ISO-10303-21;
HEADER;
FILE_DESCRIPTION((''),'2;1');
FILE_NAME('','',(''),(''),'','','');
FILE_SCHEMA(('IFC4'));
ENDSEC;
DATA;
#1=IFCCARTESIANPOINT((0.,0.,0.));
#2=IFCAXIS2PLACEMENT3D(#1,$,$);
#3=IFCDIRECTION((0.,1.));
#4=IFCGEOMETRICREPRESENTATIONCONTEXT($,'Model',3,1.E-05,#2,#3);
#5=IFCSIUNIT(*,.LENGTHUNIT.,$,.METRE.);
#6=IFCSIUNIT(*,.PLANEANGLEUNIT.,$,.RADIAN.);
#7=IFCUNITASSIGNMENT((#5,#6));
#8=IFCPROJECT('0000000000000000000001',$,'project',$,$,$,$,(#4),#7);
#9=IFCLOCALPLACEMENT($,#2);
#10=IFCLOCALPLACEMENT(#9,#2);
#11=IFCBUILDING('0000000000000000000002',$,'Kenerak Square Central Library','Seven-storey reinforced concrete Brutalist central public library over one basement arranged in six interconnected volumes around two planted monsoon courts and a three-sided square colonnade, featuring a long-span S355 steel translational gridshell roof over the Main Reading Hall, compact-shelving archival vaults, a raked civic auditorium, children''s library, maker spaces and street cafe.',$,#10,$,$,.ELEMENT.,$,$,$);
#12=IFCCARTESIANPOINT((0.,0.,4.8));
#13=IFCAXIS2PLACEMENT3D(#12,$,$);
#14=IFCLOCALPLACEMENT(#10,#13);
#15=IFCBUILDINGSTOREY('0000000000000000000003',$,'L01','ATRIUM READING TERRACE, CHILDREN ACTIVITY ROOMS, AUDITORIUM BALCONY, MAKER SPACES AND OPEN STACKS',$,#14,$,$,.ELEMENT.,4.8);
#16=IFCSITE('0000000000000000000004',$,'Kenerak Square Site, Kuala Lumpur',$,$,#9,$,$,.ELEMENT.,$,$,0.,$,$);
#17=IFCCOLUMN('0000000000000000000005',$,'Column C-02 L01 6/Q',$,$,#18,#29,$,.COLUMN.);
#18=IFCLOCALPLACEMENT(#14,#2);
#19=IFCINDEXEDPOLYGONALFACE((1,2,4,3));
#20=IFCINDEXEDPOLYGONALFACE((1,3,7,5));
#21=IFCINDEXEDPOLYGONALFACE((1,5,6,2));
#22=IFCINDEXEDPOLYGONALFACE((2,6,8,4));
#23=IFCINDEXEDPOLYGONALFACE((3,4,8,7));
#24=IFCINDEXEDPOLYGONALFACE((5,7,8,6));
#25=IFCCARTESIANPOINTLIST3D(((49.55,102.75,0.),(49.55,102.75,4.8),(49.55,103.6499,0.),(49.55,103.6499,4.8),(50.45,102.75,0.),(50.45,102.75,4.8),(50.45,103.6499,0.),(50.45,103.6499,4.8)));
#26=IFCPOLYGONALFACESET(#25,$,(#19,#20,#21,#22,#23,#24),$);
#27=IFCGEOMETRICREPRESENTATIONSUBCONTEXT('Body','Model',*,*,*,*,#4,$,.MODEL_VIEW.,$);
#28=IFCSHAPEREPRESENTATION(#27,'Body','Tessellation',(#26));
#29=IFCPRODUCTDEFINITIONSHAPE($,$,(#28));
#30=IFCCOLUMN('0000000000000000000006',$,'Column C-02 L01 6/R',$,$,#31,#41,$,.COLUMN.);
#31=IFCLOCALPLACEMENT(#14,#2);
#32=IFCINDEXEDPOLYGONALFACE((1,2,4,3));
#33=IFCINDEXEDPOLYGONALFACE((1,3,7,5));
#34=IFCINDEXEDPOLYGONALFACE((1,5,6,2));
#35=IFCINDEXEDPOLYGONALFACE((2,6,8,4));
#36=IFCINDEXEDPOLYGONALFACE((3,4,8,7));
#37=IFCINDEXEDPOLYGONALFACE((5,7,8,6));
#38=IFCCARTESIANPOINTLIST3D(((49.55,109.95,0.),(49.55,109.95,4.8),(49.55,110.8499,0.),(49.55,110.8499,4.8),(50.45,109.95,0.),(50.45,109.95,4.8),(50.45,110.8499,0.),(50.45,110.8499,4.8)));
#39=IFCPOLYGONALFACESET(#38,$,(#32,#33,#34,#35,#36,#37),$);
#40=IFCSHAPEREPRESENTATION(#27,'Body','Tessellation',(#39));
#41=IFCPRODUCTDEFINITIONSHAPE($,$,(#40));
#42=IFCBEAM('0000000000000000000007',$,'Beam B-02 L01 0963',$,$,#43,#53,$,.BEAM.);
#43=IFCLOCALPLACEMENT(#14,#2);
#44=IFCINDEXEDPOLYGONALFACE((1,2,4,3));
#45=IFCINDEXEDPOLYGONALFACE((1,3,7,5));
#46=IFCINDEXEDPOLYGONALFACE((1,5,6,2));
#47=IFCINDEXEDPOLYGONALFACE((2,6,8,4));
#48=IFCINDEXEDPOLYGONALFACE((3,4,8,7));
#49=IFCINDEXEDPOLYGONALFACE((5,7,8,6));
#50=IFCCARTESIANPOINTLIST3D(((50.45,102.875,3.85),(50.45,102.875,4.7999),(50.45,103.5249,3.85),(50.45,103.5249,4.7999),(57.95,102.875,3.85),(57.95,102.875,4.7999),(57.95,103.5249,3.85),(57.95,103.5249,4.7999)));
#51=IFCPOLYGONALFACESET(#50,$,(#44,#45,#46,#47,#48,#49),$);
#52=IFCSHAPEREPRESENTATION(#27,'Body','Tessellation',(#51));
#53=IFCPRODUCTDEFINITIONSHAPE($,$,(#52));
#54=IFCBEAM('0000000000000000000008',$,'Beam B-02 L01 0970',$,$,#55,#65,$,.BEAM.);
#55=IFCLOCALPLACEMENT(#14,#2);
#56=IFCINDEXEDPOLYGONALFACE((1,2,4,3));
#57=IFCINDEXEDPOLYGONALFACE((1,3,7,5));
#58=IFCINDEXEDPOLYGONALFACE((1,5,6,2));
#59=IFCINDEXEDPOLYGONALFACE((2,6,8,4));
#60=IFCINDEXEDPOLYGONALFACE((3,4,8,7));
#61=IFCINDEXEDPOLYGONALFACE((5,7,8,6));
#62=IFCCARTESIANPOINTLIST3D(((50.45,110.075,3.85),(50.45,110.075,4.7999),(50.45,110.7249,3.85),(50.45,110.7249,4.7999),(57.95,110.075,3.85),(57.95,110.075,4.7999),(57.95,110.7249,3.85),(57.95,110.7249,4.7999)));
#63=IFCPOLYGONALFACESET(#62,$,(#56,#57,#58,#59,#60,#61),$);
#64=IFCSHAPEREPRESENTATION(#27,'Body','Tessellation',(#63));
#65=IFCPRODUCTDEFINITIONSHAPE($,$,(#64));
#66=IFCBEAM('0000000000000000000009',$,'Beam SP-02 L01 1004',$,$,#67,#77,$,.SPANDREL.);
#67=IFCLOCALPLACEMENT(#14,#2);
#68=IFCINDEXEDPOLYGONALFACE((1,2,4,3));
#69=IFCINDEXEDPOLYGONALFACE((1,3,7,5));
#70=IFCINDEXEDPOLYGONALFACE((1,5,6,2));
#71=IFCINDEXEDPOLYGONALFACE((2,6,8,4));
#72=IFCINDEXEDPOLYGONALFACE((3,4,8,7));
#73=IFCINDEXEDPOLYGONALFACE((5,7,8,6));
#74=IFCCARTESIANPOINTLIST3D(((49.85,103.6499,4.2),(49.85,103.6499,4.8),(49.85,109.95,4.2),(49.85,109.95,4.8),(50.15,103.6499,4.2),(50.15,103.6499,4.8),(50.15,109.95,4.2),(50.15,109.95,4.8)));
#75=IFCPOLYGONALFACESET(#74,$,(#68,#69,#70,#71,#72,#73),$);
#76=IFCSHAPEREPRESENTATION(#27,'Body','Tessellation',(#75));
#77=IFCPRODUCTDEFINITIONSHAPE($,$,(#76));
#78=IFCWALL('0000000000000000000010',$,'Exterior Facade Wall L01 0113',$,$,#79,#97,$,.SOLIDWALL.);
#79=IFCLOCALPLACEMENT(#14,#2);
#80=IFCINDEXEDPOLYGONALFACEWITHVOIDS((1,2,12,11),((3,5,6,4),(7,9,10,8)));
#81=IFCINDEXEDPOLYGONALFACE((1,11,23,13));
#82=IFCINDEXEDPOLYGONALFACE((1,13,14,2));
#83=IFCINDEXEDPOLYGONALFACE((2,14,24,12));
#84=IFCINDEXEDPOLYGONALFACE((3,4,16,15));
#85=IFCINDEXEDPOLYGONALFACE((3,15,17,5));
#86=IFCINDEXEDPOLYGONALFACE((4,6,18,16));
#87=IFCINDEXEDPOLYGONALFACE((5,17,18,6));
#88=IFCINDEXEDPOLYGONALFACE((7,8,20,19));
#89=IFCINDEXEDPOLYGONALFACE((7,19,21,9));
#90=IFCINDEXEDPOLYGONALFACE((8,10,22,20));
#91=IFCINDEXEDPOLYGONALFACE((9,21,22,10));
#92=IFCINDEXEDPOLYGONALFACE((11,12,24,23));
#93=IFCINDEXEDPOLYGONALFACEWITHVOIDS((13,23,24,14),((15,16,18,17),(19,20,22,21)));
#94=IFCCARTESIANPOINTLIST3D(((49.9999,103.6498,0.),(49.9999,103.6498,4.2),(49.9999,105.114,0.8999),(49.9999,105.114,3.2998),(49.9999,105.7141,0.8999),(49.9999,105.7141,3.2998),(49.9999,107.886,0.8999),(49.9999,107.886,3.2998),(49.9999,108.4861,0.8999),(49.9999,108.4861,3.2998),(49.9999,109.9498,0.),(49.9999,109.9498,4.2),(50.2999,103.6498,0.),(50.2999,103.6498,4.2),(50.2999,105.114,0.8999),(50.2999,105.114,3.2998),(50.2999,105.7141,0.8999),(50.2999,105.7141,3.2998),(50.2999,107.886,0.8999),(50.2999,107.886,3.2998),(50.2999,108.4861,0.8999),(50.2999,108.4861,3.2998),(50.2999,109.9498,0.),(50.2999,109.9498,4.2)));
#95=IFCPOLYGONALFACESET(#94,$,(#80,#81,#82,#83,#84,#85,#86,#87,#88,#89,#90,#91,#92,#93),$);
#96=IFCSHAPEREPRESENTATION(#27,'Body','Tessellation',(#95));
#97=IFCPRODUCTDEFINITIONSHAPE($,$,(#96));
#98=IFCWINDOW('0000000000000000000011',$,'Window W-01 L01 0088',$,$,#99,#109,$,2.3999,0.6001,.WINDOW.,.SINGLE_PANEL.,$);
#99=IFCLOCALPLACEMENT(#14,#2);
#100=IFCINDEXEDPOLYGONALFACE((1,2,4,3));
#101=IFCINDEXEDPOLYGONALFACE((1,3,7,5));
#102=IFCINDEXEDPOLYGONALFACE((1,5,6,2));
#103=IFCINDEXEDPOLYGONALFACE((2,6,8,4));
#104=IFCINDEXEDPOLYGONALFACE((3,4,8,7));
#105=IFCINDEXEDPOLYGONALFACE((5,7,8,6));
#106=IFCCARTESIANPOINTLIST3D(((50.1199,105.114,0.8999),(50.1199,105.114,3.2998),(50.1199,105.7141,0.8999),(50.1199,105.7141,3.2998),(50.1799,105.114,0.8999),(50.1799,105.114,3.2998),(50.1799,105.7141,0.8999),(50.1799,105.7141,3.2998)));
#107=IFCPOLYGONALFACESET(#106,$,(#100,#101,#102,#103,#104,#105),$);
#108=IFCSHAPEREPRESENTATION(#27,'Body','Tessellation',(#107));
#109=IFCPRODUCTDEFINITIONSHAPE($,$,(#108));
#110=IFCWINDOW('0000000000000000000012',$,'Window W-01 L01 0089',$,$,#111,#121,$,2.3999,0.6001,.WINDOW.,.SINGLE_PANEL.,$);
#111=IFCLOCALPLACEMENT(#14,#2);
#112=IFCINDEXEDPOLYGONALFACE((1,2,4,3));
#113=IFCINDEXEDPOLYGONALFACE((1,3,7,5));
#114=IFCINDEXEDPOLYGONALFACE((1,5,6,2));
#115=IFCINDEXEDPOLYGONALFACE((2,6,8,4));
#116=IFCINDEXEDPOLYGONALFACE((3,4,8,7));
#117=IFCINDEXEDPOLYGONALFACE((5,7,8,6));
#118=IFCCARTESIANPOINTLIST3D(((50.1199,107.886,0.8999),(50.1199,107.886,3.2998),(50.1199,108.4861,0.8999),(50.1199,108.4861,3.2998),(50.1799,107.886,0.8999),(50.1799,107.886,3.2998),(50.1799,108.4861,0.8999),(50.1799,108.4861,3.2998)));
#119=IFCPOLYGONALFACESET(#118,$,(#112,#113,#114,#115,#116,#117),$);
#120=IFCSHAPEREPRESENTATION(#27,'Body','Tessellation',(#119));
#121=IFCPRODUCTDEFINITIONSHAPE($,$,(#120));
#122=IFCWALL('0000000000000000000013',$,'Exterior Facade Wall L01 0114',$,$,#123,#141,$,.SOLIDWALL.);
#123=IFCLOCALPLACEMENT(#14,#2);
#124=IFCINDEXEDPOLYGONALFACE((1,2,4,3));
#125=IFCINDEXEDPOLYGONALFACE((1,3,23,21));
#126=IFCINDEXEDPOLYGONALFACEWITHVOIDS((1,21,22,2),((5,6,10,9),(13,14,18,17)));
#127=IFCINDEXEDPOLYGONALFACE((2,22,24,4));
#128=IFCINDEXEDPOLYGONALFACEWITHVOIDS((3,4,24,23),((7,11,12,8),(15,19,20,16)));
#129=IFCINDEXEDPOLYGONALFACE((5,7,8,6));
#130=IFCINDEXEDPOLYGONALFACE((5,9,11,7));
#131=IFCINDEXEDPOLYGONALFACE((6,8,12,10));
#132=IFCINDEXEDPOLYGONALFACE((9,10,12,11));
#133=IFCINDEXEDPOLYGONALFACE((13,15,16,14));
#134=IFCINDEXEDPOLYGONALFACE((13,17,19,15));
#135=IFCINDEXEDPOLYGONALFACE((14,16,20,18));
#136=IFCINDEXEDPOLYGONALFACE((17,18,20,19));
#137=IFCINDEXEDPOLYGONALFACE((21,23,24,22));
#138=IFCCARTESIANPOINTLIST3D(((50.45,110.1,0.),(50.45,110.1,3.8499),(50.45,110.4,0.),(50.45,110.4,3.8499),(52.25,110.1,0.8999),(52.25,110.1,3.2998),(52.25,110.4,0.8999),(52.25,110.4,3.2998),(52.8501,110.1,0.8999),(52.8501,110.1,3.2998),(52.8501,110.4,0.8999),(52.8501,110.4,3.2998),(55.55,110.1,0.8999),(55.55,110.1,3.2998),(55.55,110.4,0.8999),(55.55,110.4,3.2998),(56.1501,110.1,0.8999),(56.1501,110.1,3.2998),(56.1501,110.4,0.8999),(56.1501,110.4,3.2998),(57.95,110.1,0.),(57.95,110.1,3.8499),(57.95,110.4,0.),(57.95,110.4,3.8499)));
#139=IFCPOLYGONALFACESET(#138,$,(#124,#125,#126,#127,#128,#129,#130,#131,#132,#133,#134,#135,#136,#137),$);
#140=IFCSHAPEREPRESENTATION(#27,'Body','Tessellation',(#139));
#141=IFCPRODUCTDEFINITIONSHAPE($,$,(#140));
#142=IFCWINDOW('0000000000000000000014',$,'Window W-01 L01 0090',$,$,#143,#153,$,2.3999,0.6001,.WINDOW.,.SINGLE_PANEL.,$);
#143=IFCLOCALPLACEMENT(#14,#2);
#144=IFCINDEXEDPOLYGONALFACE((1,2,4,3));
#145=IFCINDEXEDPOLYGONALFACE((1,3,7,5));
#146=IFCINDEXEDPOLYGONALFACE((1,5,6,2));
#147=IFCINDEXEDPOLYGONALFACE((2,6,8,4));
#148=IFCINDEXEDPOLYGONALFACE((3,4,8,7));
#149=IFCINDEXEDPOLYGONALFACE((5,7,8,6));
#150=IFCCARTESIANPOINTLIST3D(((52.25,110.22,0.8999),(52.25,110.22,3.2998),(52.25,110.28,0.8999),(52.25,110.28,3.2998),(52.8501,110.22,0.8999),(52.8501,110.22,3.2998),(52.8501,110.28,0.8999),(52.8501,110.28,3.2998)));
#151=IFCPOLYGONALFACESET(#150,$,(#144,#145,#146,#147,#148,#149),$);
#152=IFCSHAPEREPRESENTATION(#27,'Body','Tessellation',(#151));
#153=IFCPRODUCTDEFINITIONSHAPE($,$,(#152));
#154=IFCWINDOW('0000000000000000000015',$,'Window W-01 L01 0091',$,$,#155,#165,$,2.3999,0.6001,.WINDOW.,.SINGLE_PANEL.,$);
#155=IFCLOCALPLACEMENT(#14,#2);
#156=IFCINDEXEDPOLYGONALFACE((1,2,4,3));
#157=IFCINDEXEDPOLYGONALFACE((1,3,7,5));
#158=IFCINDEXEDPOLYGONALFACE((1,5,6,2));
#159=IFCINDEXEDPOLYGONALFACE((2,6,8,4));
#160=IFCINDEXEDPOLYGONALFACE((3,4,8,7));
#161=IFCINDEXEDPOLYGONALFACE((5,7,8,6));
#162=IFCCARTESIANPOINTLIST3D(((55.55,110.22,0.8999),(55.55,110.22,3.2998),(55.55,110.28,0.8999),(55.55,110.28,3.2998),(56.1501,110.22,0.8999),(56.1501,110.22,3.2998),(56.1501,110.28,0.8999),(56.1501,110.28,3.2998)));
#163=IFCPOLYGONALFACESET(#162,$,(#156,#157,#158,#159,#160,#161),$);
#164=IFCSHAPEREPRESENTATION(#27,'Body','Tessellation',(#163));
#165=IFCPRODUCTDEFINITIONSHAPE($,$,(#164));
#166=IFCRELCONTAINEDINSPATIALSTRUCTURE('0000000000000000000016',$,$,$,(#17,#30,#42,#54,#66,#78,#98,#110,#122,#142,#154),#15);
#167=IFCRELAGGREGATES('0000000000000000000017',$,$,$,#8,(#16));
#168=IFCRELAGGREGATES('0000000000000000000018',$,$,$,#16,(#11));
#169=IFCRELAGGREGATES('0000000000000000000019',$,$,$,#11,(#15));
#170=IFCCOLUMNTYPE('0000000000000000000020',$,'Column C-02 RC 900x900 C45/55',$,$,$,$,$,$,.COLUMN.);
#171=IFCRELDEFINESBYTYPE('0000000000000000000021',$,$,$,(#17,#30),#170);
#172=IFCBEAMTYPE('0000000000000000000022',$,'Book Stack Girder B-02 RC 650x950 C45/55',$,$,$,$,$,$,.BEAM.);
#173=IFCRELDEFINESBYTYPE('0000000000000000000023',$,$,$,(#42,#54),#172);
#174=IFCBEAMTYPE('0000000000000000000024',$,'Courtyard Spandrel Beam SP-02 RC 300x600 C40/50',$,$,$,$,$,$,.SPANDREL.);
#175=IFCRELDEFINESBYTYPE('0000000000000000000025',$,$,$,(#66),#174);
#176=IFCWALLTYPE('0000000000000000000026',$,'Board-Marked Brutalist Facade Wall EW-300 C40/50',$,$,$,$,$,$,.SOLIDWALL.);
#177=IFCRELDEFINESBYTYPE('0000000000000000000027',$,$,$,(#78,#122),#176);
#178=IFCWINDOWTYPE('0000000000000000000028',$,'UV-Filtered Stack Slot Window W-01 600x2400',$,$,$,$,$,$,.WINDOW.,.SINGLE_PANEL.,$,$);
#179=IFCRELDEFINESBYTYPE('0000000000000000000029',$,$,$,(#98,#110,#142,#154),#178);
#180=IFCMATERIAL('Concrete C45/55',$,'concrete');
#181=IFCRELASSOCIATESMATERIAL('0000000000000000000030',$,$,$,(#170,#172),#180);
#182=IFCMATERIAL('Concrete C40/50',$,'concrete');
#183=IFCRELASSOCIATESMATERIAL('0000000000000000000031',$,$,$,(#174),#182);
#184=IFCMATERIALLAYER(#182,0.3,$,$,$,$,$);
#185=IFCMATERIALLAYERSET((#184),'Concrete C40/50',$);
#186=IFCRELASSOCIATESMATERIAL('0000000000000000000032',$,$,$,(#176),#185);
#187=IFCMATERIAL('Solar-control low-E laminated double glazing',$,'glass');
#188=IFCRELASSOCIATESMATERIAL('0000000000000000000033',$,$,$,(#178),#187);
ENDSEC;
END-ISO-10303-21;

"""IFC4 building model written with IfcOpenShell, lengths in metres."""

from ifc_helpers import new_model, si_unit, direction, frame, frame_2d, origin, origin_2d, place, context, subcontext, project, spatial, rectangle, extrude, material, layer, layer_set, material_profile, profile_set, type_object, element, fill, save


model = new_model("IFC4")

# Units and contexts
model_context = context("Model", 3, precision=1e-05, world=origin(), true_north=direction((0.0, 1.0)))
body_context = subcontext(model_context, "Body", "Model", "MODEL_VIEW")
ifc_project = project(units=[si_unit("LENGTHUNIT", "METRE"), si_unit("PLANEANGLEUNIT", "RADIAN")], contexts=[model_context])

# Site, building, storey
site_placement = place(None, origin())
site = spatial("IfcSite", under=ifc_project, at=site_placement, Name="Kenerak Square Site, Kuala Lumpur", CompositionType="ELEMENT", RefElevation=0.0)
building_placement = place(site_placement, origin())
building = spatial("IfcBuilding", under=site, at=building_placement, Name="Kenerak Square Central Library", Description="Seven-storey reinforced concrete Brutalist central public library over one basement arranged in six interconnected volumes around two planted monsoon courts and a three-sided square colonnade, featuring a long-span S355 steel translational gridshell roof over the Main Reading Hall, compact-shelving archival vaults, a raked civic auditorium, children's library, maker spaces and street cafe.", CompositionType="ELEMENT")
storey_placement = place(building_placement, frame((0.0, 0.0, 4.8)))
storey = spatial("IfcBuildingStorey", under=building, at=storey_placement, Name="L01", Description="ATRIUM READING TERRACE, CHILDREN ACTIVITY ROOMS, AUDITORIUM BALCONY, MAKER SPACES AND OPEN STACKS", CompositionType="ELEMENT", Elevation=4.8)

# Columns
ifc_material_1 = material(Name="Concrete C45/55", Category="concrete")
ifc_material_profile_1 = material_profile(ifc_material_1, rectangle(XDim=0.8999, YDim=0.8999, at=origin_2d()), Name="RC 900x900")
ifc_profile_set_1 = profile_set([ifc_material_profile_1], Name="Concrete C45/55")
column_type = type_object("IfcColumnType", Name="Column C-02 RC 900x900 C45/55", PredefinedType="COLUMN", material=ifc_profile_set_1)
for number, where, z_axis, x_axis, name in (
    (1, (50.0, 103.2, 0.0), (0.0, 0.0, 1.0), (1.0, 0.0, 0.0), "Column C-02 L01 6/Q"),
    (2, (50.0, 110.3999, 0.0), (0.0, 0.0, 1.0), (1.0, 0.0, 0.0), "Column C-02 L01 6/R"),
):
    element("IfcColumn", number, at=place(storey_placement, frame(where, z_axis=z_axis, x_axis=x_axis)), inside=storey, type_object=column_type, Name=name, PredefinedType="COLUMN", context=body_context, shape_type="SweptSolid", body=[
        extrude(rectangle(XDim=0.8999, YDim=0.8999, at=origin_2d()), origin(), (0.0, 0.0, 1.0), 4.8),
    ])

# Beams
ifc_material_profile_2 = material_profile(ifc_material_1, rectangle(XDim=0.6499, YDim=0.95, at=origin_2d()), Name="RC 650x950")
ifc_profile_set_2 = profile_set([ifc_material_profile_2], Name="Concrete C45/55")
beam_type_1 = type_object("IfcBeamType", Name="Book Stack Girder B-02 RC 650x950 C45/55", PredefinedType="BEAM", material=ifc_profile_set_2)
for number, where, z_axis, x_axis, name in (
    (3, (50.45, 103.2, 4.325), (1.0, 0.0, 0.0), (0.0, 1.0, 0.0), "Beam B-02 L01 0963"),
    (4, (50.45, 110.3999, 4.325), (1.0, 0.0, 0.0), (0.0, 1.0, 0.0), "Beam B-02 L01 0970"),
):
    element("IfcBeam", number, at=place(storey_placement, frame(where, z_axis=z_axis, x_axis=x_axis)), inside=storey, type_object=beam_type_1, Name=name, PredefinedType="BEAM", context=body_context, shape_type="SweptSolid", body=[
        extrude(rectangle(XDim=0.6499, YDim=0.95, at=origin_2d()), origin(), (0.0, 0.0, 1.0), 7.5),
    ])
ifc_material_2 = material(Name="Concrete C40/50", Category="concrete")
ifc_material_profile_3 = material_profile(ifc_material_2, rectangle(XDim=0.3, YDim=0.6001, at=origin_2d()), Name="RC 300x600")
ifc_profile_set_3 = profile_set([ifc_material_profile_3], Name="Concrete C40/50")
beam_type_2 = type_object("IfcBeamType", Name="Courtyard Spandrel Beam SP-02 RC 300x600 C40/50", PredefinedType="SPANDREL", material=ifc_profile_set_3)
beam_placement = place(storey_placement, frame((50.0, 103.6499, 4.5), z_axis=(0.0, 1.0, 0.0), x_axis=(-1.0, 0.0, 0.0)))
element("IfcBeam", 5, at=beam_placement, inside=storey, type_object=beam_type_2, Name="Beam SP-02 L01 1004", PredefinedType="SPANDREL", context=body_context, shape_type="SweptSolid", body=[
    extrude(rectangle(XDim=0.3, YDim=0.6001, at=origin_2d()), origin(), (0.0, 0.0, 1.0), 6.3),
])

# Walls, openings, windows
ifc_layer = layer(ifc_material_2, 0.3)
ifc_layer_set = layer_set([ifc_layer], Name="Concrete C40/50")
wall_type = type_object("IfcWallType", Name="Board-Marked Brutalist Facade Wall EW-300 C40/50", PredefinedType="SOLIDWALL", material=ifc_layer_set)
wall_1_placement = place(storey_placement, frame((50.1499, 103.6499, 0.0), z_axis=(0.0, 0.0, 1.0), x_axis=(0.0, 1.0, 0.0)))
wall_1 = element("IfcWall", 6, at=wall_1_placement, inside=storey, type_object=wall_type, Name="Exterior Facade Wall L01 0113", PredefinedType="SOLIDWALL", context=body_context, shape_type="SweptSolid", body=[
    extrude(rectangle(XDim=6.3, YDim=0.3, at=frame_2d((3.1499, 0.0))), origin(), (0.0, 0.0, 1.0), 4.2),
])
opening_1_placement = place(wall_1_placement, frame((1.4641, 0.0, 0.8999)))
opening_1 = element("IfcOpeningElement", 7, at=opening_1_placement, cuts=wall_1, PredefinedType="OPENING", context=body_context, shape_type="SweptSolid", body=[
    extrude(rectangle(XDim=0.6001, YDim=2.3999, at=frame_2d((0.3, 1.2))), frame((0.0, 0.1599, 0.0), z_axis=(0.0, -1.0, 0.0), x_axis=(1.0, 0.0, 0.0)), (0.0, 0.0, 1.0), 0.3201),
])
opening_2_placement = place(wall_1_placement, frame((4.2361, 0.0, 0.8999)))
opening_2 = element("IfcOpeningElement", 8, at=opening_2_placement, cuts=wall_1, PredefinedType="OPENING", context=body_context, shape_type="SweptSolid", body=[
    extrude(rectangle(XDim=0.6001, YDim=2.3999, at=frame_2d((0.3, 1.2))), frame((0.0, 0.1599, 0.0), z_axis=(0.0, -1.0, 0.0), x_axis=(1.0, 0.0, 0.0)), (0.0, 0.0, 1.0), 0.3201),
])
ifc_material_3 = material(Name="Solar-control low-E laminated double glazing", Category="glass")
window_type = type_object("IfcWindowType", Name="UV-Filtered Stack Slot Window W-01 600x2400", PartitioningType="SINGLE_PANEL", PredefinedType="WINDOW", material=ifc_material_3)
window_1_placement = place(opening_1_placement, origin())
window_1 = element("IfcWindow", 9, at=window_1_placement, inside=storey, type_object=window_type, Name="Window W-01 L01 0088", OverallHeight=2.3999, OverallWidth=0.6001, PartitioningType="SINGLE_PANEL", PredefinedType="WINDOW", context=body_context, shape_type="SweptSolid", body=[
    extrude(rectangle(XDim=0.6001, YDim=2.3999, at=frame_2d((0.3, 1.2))), frame((0.0, 0.03, 0.0), z_axis=(0.0, -1.0, 0.0), x_axis=(1.0, 0.0, 0.0)), (0.0, 0.0, 1.0), 0.0601),
])
fill(opening_1, window_1)
window_2_placement = place(opening_2_placement, origin())
window_2 = element("IfcWindow", 10, at=window_2_placement, inside=storey, type_object=window_type, Name="Window W-01 L01 0089", OverallHeight=2.3999, OverallWidth=0.6001, PartitioningType="SINGLE_PANEL", PredefinedType="WINDOW", context=body_context, shape_type="SweptSolid", body=[
    extrude(rectangle(XDim=0.6001, YDim=2.3999, at=frame_2d((0.3, 1.2))), frame((0.0, 0.03, 0.0), z_axis=(0.0, -1.0, 0.0), x_axis=(1.0, 0.0, 0.0)), (0.0, 0.0, 1.0), 0.0601),
])
fill(opening_2, window_2)
wall_2_placement = place(storey_placement, frame((50.45, 110.25, 0.0), z_axis=(0.0, 0.0, 1.0), x_axis=(1.0, 0.0, 0.0)))
wall_2 = element("IfcWall", 11, at=wall_2_placement, inside=storey, type_object=wall_type, Name="Exterior Facade Wall L01 0114", PredefinedType="SOLIDWALL", context=body_context, shape_type="SweptSolid", body=[
    extrude(rectangle(XDim=7.5, YDim=0.3, at=frame_2d((3.75, 0.0))), origin(), (0.0, 0.0, 1.0), 3.8499),
])
opening_3_placement = place(wall_2_placement, frame((1.8, 0.0, 0.8999)))
opening_3 = element("IfcOpeningElement", 12, at=opening_3_placement, cuts=wall_2, PredefinedType="OPENING", context=body_context, shape_type="SweptSolid", body=[
    extrude(rectangle(XDim=0.6001, YDim=2.3999, at=frame_2d((0.3, 1.2))), frame((0.0, 0.1599, 0.0), z_axis=(0.0, -1.0, 0.0), x_axis=(1.0, 0.0, 0.0)), (0.0, 0.0, 1.0), 0.3201),
])
opening_4_placement = place(wall_2_placement, frame((5.1001, 0.0, 0.8999)))
opening_4 = element("IfcOpeningElement", 13, at=opening_4_placement, cuts=wall_2, PredefinedType="OPENING", context=body_context, shape_type="SweptSolid", body=[
    extrude(rectangle(XDim=0.6001, YDim=2.3999, at=frame_2d((0.3, 1.2))), frame((0.0, 0.1599, 0.0), z_axis=(0.0, -1.0, 0.0), x_axis=(1.0, 0.0, 0.0)), (0.0, 0.0, 1.0), 0.3201),
])
window_3_placement = place(opening_3_placement, origin())
window_3 = element("IfcWindow", 14, at=window_3_placement, inside=storey, type_object=window_type, Name="Window W-01 L01 0090", OverallHeight=2.3999, OverallWidth=0.6001, PartitioningType="SINGLE_PANEL", PredefinedType="WINDOW", context=body_context, shape_type="SweptSolid", body=[
    extrude(rectangle(XDim=0.6001, YDim=2.3999, at=frame_2d((0.3, 1.2))), frame((0.0, 0.03, 0.0), z_axis=(0.0, -1.0, 0.0), x_axis=(1.0, 0.0, 0.0)), (0.0, 0.0, 1.0), 0.0601),
])
fill(opening_3, window_3)
window_4_placement = place(opening_4_placement, origin())
window_4 = element("IfcWindow", 15, at=window_4_placement, inside=storey, type_object=window_type, Name="Window W-01 L01 0091", OverallHeight=2.3999, OverallWidth=0.6001, PartitioningType="SINGLE_PANEL", PredefinedType="WINDOW", context=body_context, shape_type="SweptSolid", body=[
    extrude(rectangle(XDim=0.6001, YDim=2.3999, at=frame_2d((0.3, 1.2))), frame((0.0, 0.03, 0.0), z_axis=(0.0, -1.0, 0.0), x_axis=(1.0, 0.0, 0.0)), (0.0, 0.0, 1.0), 0.0601),
])
fill(opening_4, window_4)

save(model, "model.ifc")
